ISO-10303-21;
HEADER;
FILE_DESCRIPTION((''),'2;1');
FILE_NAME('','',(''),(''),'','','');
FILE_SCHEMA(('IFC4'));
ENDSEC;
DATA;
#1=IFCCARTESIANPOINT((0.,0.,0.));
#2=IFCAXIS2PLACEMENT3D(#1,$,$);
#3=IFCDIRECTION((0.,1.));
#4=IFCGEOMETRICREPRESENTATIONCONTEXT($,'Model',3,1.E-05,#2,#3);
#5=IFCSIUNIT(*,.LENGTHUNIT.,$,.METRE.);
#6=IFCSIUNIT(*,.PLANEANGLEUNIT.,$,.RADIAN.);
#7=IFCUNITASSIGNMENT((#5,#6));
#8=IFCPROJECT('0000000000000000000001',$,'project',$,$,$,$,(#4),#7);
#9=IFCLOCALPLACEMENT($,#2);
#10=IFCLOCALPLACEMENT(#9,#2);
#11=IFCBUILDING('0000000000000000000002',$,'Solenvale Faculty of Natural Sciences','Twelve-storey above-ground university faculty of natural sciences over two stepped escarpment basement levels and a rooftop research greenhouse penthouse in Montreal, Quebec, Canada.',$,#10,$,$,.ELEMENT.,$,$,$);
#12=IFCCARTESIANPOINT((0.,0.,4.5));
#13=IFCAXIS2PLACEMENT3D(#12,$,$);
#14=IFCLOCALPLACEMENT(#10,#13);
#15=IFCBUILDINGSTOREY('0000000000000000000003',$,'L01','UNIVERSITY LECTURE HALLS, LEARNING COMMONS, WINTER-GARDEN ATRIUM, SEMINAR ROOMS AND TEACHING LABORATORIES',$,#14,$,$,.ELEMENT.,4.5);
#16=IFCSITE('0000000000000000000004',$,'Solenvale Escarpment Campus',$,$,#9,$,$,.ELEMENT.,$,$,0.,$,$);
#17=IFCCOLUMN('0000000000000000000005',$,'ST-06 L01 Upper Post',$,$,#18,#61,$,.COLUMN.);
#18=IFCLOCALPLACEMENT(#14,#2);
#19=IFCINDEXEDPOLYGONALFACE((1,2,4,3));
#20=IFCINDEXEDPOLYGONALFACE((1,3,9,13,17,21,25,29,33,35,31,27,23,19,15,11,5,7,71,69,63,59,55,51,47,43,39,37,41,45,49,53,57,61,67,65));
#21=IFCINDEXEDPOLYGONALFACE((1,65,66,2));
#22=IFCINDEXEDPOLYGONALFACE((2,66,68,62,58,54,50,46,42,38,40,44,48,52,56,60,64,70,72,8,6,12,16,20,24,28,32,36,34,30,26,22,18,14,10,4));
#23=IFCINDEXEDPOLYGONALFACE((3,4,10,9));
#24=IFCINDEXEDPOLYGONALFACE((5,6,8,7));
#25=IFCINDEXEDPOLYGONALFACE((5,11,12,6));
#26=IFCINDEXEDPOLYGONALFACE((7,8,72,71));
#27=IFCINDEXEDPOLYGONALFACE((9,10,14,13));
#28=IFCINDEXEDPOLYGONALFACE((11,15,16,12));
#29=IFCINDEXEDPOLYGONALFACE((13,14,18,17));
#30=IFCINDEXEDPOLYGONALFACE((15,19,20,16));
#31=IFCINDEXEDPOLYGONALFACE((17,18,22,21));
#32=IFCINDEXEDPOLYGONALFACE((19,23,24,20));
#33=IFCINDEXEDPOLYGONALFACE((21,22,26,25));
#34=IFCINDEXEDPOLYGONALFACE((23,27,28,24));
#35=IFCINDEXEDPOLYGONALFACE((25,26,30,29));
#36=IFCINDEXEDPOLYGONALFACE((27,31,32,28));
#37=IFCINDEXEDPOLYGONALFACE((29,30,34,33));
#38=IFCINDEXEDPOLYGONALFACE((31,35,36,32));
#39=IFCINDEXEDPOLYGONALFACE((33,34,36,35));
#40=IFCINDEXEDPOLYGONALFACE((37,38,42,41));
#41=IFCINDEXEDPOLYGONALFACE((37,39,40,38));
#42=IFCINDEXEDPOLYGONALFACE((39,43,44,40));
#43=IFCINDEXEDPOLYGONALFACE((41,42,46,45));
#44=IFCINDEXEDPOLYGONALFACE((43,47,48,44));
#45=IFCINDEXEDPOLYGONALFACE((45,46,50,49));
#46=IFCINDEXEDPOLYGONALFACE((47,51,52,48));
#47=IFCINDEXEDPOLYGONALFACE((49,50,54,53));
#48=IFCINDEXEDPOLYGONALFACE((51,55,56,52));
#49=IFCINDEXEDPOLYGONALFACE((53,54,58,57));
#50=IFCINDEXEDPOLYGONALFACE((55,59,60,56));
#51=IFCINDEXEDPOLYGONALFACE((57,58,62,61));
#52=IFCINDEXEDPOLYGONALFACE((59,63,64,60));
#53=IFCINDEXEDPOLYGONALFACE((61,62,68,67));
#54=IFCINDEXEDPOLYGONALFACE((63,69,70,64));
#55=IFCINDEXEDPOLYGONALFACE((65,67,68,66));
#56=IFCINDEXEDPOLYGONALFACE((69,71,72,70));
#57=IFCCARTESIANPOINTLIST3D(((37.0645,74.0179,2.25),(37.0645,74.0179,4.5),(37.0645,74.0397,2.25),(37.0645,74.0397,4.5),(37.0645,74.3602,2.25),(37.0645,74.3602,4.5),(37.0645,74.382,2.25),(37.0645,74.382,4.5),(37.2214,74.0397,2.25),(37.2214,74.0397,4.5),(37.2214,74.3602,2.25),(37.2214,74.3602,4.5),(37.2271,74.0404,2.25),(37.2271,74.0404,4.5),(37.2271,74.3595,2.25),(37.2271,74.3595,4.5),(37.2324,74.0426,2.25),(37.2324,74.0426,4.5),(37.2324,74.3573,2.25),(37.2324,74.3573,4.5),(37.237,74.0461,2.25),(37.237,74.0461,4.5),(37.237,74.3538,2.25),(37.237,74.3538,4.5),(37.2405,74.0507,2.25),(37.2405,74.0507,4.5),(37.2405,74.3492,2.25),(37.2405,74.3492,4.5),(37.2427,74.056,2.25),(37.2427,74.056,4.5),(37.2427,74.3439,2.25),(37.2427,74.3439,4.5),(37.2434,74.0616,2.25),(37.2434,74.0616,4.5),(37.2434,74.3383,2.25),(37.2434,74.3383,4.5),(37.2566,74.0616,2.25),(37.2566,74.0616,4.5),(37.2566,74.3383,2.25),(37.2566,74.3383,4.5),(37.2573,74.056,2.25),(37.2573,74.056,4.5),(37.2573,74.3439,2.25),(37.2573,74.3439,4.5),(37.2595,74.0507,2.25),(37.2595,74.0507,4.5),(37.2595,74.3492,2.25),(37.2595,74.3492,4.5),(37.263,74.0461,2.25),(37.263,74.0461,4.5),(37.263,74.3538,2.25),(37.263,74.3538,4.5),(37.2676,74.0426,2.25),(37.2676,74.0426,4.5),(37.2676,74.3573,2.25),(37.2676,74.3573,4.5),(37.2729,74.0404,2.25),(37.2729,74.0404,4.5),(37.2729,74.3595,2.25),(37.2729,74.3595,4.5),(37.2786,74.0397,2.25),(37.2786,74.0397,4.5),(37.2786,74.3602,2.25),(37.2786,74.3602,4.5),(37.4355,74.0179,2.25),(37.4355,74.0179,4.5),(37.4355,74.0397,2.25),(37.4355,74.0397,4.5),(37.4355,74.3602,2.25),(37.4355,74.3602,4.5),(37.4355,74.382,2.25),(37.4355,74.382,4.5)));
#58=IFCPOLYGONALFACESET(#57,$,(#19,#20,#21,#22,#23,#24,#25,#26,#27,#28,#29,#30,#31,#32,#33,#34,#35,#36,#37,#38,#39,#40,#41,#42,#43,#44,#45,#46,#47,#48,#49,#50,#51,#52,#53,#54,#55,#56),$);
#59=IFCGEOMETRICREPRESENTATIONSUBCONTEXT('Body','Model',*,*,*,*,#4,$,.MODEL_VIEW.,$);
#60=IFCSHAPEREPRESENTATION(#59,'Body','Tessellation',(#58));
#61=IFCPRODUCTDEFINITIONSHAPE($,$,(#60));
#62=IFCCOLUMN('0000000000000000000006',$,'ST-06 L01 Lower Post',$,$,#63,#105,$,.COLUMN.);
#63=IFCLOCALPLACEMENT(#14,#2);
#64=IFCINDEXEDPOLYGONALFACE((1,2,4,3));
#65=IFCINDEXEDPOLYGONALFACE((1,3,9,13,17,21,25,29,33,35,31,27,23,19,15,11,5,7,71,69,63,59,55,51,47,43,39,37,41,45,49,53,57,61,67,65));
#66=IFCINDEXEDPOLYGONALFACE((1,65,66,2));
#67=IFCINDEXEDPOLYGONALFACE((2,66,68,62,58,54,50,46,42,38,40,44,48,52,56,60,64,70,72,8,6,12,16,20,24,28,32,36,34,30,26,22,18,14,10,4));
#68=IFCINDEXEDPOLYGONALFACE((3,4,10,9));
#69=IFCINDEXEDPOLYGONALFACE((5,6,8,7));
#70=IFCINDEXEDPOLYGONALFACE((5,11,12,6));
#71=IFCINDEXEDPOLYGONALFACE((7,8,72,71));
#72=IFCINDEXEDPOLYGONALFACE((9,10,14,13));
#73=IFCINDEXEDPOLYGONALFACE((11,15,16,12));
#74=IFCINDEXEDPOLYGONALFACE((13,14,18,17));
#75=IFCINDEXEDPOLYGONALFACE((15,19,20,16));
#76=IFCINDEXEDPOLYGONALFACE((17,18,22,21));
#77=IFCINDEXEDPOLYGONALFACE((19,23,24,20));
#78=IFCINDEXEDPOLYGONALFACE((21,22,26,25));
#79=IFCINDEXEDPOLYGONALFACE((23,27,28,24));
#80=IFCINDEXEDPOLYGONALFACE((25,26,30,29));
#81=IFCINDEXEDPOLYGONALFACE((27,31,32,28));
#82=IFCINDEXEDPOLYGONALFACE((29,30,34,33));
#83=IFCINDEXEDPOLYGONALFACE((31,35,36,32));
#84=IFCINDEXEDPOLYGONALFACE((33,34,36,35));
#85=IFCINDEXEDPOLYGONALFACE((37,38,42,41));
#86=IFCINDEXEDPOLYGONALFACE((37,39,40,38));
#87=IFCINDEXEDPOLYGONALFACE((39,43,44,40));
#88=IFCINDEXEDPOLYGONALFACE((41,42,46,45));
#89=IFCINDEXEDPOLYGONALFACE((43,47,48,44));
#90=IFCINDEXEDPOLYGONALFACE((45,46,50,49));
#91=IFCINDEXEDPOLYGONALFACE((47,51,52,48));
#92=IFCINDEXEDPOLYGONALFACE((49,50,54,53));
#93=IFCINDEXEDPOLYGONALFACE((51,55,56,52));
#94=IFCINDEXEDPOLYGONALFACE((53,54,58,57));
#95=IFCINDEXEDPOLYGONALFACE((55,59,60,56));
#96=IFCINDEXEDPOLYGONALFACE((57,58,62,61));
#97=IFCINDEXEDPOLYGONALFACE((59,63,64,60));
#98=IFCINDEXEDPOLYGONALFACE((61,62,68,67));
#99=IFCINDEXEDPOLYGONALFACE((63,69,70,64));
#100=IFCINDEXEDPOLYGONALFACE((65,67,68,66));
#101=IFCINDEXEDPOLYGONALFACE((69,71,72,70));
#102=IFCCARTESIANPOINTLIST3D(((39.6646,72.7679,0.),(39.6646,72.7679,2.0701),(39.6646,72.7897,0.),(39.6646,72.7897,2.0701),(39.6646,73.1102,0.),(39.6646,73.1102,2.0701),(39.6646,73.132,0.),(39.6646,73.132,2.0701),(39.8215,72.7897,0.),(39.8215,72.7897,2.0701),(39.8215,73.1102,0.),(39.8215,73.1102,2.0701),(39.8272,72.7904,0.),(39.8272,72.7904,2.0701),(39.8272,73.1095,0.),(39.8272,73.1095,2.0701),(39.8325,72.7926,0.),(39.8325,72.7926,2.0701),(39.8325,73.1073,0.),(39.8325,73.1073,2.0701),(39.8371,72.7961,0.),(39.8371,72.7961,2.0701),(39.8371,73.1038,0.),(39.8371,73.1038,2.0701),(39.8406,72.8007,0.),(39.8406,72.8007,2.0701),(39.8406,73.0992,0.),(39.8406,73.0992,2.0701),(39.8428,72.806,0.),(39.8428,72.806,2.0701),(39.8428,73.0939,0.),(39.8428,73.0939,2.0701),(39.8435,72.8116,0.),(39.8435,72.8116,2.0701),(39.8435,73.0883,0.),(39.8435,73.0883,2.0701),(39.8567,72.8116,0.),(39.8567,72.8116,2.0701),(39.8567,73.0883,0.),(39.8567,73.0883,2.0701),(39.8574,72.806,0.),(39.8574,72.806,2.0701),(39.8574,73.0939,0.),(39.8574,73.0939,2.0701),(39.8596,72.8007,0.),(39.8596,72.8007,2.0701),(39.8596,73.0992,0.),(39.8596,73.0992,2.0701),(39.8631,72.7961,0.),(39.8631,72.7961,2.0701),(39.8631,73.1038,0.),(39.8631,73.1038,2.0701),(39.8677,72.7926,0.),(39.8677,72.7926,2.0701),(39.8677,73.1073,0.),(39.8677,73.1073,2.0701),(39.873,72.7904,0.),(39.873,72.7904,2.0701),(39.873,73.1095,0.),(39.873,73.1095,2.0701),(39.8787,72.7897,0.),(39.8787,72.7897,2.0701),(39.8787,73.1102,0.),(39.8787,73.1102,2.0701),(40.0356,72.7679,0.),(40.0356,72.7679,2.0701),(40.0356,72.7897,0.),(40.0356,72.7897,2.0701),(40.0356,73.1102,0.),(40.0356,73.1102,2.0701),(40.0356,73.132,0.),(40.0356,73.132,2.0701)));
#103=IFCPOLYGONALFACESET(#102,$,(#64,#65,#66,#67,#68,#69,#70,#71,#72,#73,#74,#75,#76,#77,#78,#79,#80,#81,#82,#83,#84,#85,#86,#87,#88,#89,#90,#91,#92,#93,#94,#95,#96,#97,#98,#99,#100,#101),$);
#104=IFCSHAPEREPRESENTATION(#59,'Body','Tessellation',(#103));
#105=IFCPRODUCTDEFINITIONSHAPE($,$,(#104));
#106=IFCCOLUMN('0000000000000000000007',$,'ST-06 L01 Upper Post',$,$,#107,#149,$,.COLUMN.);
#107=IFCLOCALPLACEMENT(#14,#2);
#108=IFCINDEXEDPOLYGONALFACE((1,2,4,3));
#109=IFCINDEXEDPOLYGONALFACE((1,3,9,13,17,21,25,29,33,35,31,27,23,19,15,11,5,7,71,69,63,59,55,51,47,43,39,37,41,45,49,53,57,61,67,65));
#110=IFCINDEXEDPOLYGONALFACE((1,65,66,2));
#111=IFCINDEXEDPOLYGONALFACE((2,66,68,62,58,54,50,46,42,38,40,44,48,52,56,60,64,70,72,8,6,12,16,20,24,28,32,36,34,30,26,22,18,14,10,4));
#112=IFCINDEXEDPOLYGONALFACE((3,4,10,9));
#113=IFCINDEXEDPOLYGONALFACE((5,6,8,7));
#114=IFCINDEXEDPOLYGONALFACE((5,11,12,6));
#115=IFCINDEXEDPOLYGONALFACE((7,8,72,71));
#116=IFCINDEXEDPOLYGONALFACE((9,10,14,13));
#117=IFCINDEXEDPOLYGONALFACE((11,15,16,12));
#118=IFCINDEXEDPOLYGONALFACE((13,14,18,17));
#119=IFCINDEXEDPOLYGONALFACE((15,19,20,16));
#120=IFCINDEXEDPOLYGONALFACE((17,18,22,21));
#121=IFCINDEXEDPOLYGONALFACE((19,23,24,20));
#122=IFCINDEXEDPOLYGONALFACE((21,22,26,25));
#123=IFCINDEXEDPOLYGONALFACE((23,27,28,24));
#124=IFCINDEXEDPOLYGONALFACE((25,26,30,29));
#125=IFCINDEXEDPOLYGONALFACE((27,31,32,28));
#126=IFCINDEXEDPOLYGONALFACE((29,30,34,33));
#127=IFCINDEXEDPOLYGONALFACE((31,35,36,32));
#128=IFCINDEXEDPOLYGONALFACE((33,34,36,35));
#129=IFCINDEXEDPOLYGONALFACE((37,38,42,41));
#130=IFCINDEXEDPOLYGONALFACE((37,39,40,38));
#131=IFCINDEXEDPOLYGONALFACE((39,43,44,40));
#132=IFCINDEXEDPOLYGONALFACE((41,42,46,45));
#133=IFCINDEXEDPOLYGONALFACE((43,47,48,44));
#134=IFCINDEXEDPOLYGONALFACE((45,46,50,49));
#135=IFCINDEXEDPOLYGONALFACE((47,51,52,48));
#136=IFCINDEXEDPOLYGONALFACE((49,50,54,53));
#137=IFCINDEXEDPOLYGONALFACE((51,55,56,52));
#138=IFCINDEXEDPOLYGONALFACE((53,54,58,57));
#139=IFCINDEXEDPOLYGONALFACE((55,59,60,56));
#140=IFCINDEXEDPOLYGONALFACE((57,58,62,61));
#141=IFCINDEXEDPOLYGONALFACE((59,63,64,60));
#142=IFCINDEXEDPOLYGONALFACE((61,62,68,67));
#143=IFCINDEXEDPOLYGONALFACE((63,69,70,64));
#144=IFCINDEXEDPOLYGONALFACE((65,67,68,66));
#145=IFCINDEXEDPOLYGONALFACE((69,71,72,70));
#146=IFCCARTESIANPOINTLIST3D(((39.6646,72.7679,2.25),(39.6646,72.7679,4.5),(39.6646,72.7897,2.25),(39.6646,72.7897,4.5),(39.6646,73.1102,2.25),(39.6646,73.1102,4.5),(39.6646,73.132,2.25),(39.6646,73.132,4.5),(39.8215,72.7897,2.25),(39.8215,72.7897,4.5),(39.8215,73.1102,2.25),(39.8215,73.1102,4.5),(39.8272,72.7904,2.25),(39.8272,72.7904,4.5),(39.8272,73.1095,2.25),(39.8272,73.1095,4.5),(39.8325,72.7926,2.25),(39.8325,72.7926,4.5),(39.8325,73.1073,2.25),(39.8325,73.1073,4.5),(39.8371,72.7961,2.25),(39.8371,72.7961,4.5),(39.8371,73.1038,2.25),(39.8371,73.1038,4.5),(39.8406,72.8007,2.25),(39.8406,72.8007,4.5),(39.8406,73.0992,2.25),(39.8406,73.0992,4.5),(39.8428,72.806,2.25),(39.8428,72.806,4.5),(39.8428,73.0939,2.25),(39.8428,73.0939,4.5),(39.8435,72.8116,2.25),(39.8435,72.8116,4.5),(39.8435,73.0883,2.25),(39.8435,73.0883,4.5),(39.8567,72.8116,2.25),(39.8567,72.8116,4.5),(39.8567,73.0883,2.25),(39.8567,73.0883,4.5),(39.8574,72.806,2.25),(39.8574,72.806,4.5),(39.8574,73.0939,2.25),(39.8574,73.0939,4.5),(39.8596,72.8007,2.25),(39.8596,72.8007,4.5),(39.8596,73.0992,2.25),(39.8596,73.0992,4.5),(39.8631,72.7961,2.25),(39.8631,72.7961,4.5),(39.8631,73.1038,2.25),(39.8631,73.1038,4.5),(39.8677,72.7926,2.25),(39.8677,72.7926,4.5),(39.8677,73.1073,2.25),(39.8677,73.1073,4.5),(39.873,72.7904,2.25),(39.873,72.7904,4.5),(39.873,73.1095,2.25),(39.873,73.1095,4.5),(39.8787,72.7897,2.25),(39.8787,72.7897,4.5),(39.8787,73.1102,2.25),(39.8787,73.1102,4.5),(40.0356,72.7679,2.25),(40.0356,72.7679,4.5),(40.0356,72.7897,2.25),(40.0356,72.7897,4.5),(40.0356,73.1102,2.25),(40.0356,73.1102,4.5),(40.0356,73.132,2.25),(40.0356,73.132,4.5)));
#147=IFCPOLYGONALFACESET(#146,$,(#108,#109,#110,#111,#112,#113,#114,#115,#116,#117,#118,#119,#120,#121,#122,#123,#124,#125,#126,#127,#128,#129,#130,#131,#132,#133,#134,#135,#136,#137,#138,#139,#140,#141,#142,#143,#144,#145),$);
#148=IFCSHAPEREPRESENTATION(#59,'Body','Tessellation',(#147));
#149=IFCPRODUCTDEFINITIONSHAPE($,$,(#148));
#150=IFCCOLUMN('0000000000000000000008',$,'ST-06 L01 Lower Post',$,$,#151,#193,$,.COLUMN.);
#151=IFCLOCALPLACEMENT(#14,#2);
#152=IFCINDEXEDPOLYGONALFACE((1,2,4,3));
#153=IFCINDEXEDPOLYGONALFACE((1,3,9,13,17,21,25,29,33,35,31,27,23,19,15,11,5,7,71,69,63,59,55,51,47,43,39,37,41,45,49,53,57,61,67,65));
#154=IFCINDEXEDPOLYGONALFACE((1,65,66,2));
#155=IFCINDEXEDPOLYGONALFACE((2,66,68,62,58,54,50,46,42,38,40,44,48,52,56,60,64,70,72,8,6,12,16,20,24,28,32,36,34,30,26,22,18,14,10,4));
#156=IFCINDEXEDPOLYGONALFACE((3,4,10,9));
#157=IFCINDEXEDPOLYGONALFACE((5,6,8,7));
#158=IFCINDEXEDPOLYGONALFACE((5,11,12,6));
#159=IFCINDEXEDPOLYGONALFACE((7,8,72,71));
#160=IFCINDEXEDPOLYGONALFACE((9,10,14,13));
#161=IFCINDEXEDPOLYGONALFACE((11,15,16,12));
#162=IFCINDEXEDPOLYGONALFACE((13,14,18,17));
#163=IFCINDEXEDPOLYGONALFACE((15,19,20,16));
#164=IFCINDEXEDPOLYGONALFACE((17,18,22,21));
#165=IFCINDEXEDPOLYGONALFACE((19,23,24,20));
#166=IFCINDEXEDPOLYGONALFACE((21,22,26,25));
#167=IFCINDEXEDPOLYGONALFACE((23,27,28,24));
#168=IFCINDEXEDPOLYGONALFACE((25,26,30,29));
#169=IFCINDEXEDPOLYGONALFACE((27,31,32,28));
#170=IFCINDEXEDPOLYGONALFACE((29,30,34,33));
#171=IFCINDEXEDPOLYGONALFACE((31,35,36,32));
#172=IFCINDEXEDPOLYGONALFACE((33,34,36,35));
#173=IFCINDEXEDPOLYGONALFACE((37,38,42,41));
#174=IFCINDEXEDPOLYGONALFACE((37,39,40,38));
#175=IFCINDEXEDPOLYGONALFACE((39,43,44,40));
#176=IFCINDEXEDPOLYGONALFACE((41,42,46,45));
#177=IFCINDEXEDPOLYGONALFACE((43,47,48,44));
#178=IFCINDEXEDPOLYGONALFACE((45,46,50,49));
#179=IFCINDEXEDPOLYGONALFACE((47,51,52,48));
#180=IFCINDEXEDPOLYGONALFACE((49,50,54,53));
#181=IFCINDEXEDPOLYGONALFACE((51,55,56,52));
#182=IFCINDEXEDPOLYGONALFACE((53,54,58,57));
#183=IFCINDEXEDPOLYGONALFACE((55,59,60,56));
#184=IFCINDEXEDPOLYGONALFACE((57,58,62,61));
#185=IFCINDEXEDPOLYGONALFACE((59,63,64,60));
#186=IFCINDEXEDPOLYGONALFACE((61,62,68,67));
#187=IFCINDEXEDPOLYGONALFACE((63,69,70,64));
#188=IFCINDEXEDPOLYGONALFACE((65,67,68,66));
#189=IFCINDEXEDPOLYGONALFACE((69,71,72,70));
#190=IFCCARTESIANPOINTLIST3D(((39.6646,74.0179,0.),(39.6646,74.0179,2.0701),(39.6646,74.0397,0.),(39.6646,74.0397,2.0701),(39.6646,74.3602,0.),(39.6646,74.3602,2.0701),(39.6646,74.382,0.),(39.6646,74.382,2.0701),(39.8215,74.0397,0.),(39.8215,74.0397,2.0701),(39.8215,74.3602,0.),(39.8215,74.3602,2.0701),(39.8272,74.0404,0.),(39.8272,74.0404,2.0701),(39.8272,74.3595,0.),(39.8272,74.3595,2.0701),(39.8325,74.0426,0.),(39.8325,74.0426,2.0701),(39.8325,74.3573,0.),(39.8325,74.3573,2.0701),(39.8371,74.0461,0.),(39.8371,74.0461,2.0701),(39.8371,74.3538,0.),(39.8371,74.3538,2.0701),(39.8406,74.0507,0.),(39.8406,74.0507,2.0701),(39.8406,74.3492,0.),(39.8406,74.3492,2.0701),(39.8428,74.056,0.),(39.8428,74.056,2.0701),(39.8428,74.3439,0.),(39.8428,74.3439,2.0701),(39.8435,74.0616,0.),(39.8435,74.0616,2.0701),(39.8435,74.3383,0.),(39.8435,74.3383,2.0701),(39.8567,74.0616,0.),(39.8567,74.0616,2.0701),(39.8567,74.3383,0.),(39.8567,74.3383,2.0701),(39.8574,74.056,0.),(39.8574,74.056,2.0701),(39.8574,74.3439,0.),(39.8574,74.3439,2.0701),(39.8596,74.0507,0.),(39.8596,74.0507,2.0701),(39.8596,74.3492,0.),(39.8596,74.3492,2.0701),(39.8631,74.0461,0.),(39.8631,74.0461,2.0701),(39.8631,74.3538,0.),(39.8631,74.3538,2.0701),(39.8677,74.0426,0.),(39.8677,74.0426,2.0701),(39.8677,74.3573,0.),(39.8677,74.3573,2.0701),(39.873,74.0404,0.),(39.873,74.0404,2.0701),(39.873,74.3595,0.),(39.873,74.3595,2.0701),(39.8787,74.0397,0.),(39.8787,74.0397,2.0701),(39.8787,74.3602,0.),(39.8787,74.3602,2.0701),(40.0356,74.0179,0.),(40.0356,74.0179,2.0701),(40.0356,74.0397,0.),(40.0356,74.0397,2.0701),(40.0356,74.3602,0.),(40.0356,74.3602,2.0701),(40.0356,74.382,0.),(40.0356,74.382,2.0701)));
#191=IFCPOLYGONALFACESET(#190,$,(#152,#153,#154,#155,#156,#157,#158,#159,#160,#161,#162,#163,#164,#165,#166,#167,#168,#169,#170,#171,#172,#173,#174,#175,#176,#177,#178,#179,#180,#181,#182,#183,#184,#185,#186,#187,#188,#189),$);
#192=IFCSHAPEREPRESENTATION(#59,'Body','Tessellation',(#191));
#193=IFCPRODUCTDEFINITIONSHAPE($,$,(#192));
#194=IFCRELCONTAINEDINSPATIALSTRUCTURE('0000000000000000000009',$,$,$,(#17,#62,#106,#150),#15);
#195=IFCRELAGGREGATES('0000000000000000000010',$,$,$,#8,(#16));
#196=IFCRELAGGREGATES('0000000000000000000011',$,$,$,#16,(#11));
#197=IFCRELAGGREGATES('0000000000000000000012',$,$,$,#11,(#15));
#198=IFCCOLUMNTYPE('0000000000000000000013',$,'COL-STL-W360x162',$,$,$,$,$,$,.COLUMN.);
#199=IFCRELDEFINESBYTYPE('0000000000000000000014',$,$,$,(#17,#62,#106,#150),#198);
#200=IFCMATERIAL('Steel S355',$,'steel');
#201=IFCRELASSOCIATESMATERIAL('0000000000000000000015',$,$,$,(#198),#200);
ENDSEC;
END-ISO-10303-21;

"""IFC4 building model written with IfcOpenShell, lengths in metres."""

from ifc_helpers import new_model, si_unit, direction, frame, origin, origin_2d, place, context, subcontext, project, spatial, i_section, extrude, material, material_profile, profile_set, type_object, element, save


model = new_model("IFC4")

# Units and contexts
model_context = context("Model", 3, precision=1e-05, world=origin(), true_north=direction((0.0, 1.0)))
body_context = subcontext(model_context, "Body", "Model", "MODEL_VIEW")
ifc_project = project(units=[si_unit("LENGTHUNIT", "METRE"), si_unit("PLANEANGLEUNIT", "RADIAN")], contexts=[model_context])

# Site, building, storey
site_placement = place(None, origin())
site = spatial("IfcSite", under=ifc_project, at=site_placement, Name="Solenvale Escarpment Campus", CompositionType="ELEMENT", RefElevation=0.0)
building_placement = place(site_placement, origin())
building = spatial("IfcBuilding", under=site, at=building_placement, Name="Solenvale Faculty of Natural Sciences", Description="Twelve-storey above-ground university faculty of natural sciences over two stepped escarpment basement levels and a rooftop research greenhouse penthouse in Montreal, Quebec, Canada.", CompositionType="ELEMENT")
storey_placement = place(building_placement, frame((0.0, 0.0, 4.5)))
storey = spatial("IfcBuildingStorey", under=building, at=storey_placement, Name="L01", Description="UNIVERSITY LECTURE HALLS, LEARNING COMMONS, WINTER-GARDEN ATRIUM, SEMINAR ROOMS AND TEACHING LABORATORIES", CompositionType="ELEMENT", Elevation=4.5)

# Columns
ifc_material_1 = material(Name="Steel S355", Category="steel")
ifc_material_profile_1 = material_profile(ifc_material_1, i_section(OverallWidth=0.3711, OverallDepth=0.364, WebThickness=0.0132, FlangeThickness=0.0217, FilletRadius=0.022, at=origin_2d()), Name="W360x162")
ifc_profile_set_1 = profile_set([ifc_material_profile_1], Name="Steel S355")
column_type_1 = type_object("IfcColumnType", Name="COL-STL-W360x162", PredefinedType="COLUMN", material=ifc_profile_set_1)
column_1_placement = place(storey_placement, frame((37.25, 74.2, 2.25), z_axis=(0.0, 0.0, 1.0), x_axis=(1.0, 0.0, 0.0)))
element("IfcColumn", 1, at=column_1_placement, inside=storey, type_object=column_type_1, Name="ST-06 L01 Upper Post", PredefinedType="COLUMN", context=body_context, shape_type="SweptSolid", body=[
    extrude(i_section(OverallWidth=0.3711, OverallDepth=0.364, WebThickness=0.0132, FlangeThickness=0.0217, FilletRadius=0.022, at=origin_2d()), origin(), (0.0, 0.0, 1.0), 2.25),
])
column_2_placement = place(storey_placement, frame((39.8501, 72.95, 0.0), z_axis=(0.0, 0.0, 1.0), x_axis=(1.0, 0.0, 0.0)))
element("IfcColumn", 2, at=column_2_placement, inside=storey, type_object=column_type_1, Name="ST-06 L01 Lower Post", PredefinedType="COLUMN", context=body_context, shape_type="SweptSolid", body=[
    extrude(i_section(OverallWidth=0.3711, OverallDepth=0.364, WebThickness=0.0132, FlangeThickness=0.0217, FilletRadius=0.022, at=origin_2d()), origin(), (0.0, 0.0, 1.0), 2.0701),
])
column_3_placement = place(storey_placement, frame((39.8501, 72.95, 2.25), z_axis=(0.0, 0.0, 1.0), x_axis=(1.0, 0.0, 0.0)))
element("IfcColumn", 3, at=column_3_placement, inside=storey, type_object=column_type_1, Name="ST-06 L01 Upper Post", PredefinedType="COLUMN", context=body_context, shape_type="SweptSolid", body=[
    extrude(i_section(OverallWidth=0.3711, OverallDepth=0.364, WebThickness=0.0132, FlangeThickness=0.0217, FilletRadius=0.022, at=origin_2d()), origin(), (0.0, 0.0, 1.0), 2.25),
])
column_4_placement = place(storey_placement, frame((39.8501, 74.2, 0.0), z_axis=(0.0, 0.0, 1.0), x_axis=(1.0, 0.0, 0.0)))
element("IfcColumn", 4, at=column_4_placement, inside=storey, type_object=column_type_1, Name="ST-06 L01 Lower Post", PredefinedType="COLUMN", context=body_context, shape_type="SweptSolid", body=[
    extrude(i_section(OverallWidth=0.3711, OverallDepth=0.364, WebThickness=0.0132, FlangeThickness=0.0217, FilletRadius=0.022, at=origin_2d()), origin(), (0.0, 0.0, 1.0), 2.0701),
])

save(model, "model.ifc")
